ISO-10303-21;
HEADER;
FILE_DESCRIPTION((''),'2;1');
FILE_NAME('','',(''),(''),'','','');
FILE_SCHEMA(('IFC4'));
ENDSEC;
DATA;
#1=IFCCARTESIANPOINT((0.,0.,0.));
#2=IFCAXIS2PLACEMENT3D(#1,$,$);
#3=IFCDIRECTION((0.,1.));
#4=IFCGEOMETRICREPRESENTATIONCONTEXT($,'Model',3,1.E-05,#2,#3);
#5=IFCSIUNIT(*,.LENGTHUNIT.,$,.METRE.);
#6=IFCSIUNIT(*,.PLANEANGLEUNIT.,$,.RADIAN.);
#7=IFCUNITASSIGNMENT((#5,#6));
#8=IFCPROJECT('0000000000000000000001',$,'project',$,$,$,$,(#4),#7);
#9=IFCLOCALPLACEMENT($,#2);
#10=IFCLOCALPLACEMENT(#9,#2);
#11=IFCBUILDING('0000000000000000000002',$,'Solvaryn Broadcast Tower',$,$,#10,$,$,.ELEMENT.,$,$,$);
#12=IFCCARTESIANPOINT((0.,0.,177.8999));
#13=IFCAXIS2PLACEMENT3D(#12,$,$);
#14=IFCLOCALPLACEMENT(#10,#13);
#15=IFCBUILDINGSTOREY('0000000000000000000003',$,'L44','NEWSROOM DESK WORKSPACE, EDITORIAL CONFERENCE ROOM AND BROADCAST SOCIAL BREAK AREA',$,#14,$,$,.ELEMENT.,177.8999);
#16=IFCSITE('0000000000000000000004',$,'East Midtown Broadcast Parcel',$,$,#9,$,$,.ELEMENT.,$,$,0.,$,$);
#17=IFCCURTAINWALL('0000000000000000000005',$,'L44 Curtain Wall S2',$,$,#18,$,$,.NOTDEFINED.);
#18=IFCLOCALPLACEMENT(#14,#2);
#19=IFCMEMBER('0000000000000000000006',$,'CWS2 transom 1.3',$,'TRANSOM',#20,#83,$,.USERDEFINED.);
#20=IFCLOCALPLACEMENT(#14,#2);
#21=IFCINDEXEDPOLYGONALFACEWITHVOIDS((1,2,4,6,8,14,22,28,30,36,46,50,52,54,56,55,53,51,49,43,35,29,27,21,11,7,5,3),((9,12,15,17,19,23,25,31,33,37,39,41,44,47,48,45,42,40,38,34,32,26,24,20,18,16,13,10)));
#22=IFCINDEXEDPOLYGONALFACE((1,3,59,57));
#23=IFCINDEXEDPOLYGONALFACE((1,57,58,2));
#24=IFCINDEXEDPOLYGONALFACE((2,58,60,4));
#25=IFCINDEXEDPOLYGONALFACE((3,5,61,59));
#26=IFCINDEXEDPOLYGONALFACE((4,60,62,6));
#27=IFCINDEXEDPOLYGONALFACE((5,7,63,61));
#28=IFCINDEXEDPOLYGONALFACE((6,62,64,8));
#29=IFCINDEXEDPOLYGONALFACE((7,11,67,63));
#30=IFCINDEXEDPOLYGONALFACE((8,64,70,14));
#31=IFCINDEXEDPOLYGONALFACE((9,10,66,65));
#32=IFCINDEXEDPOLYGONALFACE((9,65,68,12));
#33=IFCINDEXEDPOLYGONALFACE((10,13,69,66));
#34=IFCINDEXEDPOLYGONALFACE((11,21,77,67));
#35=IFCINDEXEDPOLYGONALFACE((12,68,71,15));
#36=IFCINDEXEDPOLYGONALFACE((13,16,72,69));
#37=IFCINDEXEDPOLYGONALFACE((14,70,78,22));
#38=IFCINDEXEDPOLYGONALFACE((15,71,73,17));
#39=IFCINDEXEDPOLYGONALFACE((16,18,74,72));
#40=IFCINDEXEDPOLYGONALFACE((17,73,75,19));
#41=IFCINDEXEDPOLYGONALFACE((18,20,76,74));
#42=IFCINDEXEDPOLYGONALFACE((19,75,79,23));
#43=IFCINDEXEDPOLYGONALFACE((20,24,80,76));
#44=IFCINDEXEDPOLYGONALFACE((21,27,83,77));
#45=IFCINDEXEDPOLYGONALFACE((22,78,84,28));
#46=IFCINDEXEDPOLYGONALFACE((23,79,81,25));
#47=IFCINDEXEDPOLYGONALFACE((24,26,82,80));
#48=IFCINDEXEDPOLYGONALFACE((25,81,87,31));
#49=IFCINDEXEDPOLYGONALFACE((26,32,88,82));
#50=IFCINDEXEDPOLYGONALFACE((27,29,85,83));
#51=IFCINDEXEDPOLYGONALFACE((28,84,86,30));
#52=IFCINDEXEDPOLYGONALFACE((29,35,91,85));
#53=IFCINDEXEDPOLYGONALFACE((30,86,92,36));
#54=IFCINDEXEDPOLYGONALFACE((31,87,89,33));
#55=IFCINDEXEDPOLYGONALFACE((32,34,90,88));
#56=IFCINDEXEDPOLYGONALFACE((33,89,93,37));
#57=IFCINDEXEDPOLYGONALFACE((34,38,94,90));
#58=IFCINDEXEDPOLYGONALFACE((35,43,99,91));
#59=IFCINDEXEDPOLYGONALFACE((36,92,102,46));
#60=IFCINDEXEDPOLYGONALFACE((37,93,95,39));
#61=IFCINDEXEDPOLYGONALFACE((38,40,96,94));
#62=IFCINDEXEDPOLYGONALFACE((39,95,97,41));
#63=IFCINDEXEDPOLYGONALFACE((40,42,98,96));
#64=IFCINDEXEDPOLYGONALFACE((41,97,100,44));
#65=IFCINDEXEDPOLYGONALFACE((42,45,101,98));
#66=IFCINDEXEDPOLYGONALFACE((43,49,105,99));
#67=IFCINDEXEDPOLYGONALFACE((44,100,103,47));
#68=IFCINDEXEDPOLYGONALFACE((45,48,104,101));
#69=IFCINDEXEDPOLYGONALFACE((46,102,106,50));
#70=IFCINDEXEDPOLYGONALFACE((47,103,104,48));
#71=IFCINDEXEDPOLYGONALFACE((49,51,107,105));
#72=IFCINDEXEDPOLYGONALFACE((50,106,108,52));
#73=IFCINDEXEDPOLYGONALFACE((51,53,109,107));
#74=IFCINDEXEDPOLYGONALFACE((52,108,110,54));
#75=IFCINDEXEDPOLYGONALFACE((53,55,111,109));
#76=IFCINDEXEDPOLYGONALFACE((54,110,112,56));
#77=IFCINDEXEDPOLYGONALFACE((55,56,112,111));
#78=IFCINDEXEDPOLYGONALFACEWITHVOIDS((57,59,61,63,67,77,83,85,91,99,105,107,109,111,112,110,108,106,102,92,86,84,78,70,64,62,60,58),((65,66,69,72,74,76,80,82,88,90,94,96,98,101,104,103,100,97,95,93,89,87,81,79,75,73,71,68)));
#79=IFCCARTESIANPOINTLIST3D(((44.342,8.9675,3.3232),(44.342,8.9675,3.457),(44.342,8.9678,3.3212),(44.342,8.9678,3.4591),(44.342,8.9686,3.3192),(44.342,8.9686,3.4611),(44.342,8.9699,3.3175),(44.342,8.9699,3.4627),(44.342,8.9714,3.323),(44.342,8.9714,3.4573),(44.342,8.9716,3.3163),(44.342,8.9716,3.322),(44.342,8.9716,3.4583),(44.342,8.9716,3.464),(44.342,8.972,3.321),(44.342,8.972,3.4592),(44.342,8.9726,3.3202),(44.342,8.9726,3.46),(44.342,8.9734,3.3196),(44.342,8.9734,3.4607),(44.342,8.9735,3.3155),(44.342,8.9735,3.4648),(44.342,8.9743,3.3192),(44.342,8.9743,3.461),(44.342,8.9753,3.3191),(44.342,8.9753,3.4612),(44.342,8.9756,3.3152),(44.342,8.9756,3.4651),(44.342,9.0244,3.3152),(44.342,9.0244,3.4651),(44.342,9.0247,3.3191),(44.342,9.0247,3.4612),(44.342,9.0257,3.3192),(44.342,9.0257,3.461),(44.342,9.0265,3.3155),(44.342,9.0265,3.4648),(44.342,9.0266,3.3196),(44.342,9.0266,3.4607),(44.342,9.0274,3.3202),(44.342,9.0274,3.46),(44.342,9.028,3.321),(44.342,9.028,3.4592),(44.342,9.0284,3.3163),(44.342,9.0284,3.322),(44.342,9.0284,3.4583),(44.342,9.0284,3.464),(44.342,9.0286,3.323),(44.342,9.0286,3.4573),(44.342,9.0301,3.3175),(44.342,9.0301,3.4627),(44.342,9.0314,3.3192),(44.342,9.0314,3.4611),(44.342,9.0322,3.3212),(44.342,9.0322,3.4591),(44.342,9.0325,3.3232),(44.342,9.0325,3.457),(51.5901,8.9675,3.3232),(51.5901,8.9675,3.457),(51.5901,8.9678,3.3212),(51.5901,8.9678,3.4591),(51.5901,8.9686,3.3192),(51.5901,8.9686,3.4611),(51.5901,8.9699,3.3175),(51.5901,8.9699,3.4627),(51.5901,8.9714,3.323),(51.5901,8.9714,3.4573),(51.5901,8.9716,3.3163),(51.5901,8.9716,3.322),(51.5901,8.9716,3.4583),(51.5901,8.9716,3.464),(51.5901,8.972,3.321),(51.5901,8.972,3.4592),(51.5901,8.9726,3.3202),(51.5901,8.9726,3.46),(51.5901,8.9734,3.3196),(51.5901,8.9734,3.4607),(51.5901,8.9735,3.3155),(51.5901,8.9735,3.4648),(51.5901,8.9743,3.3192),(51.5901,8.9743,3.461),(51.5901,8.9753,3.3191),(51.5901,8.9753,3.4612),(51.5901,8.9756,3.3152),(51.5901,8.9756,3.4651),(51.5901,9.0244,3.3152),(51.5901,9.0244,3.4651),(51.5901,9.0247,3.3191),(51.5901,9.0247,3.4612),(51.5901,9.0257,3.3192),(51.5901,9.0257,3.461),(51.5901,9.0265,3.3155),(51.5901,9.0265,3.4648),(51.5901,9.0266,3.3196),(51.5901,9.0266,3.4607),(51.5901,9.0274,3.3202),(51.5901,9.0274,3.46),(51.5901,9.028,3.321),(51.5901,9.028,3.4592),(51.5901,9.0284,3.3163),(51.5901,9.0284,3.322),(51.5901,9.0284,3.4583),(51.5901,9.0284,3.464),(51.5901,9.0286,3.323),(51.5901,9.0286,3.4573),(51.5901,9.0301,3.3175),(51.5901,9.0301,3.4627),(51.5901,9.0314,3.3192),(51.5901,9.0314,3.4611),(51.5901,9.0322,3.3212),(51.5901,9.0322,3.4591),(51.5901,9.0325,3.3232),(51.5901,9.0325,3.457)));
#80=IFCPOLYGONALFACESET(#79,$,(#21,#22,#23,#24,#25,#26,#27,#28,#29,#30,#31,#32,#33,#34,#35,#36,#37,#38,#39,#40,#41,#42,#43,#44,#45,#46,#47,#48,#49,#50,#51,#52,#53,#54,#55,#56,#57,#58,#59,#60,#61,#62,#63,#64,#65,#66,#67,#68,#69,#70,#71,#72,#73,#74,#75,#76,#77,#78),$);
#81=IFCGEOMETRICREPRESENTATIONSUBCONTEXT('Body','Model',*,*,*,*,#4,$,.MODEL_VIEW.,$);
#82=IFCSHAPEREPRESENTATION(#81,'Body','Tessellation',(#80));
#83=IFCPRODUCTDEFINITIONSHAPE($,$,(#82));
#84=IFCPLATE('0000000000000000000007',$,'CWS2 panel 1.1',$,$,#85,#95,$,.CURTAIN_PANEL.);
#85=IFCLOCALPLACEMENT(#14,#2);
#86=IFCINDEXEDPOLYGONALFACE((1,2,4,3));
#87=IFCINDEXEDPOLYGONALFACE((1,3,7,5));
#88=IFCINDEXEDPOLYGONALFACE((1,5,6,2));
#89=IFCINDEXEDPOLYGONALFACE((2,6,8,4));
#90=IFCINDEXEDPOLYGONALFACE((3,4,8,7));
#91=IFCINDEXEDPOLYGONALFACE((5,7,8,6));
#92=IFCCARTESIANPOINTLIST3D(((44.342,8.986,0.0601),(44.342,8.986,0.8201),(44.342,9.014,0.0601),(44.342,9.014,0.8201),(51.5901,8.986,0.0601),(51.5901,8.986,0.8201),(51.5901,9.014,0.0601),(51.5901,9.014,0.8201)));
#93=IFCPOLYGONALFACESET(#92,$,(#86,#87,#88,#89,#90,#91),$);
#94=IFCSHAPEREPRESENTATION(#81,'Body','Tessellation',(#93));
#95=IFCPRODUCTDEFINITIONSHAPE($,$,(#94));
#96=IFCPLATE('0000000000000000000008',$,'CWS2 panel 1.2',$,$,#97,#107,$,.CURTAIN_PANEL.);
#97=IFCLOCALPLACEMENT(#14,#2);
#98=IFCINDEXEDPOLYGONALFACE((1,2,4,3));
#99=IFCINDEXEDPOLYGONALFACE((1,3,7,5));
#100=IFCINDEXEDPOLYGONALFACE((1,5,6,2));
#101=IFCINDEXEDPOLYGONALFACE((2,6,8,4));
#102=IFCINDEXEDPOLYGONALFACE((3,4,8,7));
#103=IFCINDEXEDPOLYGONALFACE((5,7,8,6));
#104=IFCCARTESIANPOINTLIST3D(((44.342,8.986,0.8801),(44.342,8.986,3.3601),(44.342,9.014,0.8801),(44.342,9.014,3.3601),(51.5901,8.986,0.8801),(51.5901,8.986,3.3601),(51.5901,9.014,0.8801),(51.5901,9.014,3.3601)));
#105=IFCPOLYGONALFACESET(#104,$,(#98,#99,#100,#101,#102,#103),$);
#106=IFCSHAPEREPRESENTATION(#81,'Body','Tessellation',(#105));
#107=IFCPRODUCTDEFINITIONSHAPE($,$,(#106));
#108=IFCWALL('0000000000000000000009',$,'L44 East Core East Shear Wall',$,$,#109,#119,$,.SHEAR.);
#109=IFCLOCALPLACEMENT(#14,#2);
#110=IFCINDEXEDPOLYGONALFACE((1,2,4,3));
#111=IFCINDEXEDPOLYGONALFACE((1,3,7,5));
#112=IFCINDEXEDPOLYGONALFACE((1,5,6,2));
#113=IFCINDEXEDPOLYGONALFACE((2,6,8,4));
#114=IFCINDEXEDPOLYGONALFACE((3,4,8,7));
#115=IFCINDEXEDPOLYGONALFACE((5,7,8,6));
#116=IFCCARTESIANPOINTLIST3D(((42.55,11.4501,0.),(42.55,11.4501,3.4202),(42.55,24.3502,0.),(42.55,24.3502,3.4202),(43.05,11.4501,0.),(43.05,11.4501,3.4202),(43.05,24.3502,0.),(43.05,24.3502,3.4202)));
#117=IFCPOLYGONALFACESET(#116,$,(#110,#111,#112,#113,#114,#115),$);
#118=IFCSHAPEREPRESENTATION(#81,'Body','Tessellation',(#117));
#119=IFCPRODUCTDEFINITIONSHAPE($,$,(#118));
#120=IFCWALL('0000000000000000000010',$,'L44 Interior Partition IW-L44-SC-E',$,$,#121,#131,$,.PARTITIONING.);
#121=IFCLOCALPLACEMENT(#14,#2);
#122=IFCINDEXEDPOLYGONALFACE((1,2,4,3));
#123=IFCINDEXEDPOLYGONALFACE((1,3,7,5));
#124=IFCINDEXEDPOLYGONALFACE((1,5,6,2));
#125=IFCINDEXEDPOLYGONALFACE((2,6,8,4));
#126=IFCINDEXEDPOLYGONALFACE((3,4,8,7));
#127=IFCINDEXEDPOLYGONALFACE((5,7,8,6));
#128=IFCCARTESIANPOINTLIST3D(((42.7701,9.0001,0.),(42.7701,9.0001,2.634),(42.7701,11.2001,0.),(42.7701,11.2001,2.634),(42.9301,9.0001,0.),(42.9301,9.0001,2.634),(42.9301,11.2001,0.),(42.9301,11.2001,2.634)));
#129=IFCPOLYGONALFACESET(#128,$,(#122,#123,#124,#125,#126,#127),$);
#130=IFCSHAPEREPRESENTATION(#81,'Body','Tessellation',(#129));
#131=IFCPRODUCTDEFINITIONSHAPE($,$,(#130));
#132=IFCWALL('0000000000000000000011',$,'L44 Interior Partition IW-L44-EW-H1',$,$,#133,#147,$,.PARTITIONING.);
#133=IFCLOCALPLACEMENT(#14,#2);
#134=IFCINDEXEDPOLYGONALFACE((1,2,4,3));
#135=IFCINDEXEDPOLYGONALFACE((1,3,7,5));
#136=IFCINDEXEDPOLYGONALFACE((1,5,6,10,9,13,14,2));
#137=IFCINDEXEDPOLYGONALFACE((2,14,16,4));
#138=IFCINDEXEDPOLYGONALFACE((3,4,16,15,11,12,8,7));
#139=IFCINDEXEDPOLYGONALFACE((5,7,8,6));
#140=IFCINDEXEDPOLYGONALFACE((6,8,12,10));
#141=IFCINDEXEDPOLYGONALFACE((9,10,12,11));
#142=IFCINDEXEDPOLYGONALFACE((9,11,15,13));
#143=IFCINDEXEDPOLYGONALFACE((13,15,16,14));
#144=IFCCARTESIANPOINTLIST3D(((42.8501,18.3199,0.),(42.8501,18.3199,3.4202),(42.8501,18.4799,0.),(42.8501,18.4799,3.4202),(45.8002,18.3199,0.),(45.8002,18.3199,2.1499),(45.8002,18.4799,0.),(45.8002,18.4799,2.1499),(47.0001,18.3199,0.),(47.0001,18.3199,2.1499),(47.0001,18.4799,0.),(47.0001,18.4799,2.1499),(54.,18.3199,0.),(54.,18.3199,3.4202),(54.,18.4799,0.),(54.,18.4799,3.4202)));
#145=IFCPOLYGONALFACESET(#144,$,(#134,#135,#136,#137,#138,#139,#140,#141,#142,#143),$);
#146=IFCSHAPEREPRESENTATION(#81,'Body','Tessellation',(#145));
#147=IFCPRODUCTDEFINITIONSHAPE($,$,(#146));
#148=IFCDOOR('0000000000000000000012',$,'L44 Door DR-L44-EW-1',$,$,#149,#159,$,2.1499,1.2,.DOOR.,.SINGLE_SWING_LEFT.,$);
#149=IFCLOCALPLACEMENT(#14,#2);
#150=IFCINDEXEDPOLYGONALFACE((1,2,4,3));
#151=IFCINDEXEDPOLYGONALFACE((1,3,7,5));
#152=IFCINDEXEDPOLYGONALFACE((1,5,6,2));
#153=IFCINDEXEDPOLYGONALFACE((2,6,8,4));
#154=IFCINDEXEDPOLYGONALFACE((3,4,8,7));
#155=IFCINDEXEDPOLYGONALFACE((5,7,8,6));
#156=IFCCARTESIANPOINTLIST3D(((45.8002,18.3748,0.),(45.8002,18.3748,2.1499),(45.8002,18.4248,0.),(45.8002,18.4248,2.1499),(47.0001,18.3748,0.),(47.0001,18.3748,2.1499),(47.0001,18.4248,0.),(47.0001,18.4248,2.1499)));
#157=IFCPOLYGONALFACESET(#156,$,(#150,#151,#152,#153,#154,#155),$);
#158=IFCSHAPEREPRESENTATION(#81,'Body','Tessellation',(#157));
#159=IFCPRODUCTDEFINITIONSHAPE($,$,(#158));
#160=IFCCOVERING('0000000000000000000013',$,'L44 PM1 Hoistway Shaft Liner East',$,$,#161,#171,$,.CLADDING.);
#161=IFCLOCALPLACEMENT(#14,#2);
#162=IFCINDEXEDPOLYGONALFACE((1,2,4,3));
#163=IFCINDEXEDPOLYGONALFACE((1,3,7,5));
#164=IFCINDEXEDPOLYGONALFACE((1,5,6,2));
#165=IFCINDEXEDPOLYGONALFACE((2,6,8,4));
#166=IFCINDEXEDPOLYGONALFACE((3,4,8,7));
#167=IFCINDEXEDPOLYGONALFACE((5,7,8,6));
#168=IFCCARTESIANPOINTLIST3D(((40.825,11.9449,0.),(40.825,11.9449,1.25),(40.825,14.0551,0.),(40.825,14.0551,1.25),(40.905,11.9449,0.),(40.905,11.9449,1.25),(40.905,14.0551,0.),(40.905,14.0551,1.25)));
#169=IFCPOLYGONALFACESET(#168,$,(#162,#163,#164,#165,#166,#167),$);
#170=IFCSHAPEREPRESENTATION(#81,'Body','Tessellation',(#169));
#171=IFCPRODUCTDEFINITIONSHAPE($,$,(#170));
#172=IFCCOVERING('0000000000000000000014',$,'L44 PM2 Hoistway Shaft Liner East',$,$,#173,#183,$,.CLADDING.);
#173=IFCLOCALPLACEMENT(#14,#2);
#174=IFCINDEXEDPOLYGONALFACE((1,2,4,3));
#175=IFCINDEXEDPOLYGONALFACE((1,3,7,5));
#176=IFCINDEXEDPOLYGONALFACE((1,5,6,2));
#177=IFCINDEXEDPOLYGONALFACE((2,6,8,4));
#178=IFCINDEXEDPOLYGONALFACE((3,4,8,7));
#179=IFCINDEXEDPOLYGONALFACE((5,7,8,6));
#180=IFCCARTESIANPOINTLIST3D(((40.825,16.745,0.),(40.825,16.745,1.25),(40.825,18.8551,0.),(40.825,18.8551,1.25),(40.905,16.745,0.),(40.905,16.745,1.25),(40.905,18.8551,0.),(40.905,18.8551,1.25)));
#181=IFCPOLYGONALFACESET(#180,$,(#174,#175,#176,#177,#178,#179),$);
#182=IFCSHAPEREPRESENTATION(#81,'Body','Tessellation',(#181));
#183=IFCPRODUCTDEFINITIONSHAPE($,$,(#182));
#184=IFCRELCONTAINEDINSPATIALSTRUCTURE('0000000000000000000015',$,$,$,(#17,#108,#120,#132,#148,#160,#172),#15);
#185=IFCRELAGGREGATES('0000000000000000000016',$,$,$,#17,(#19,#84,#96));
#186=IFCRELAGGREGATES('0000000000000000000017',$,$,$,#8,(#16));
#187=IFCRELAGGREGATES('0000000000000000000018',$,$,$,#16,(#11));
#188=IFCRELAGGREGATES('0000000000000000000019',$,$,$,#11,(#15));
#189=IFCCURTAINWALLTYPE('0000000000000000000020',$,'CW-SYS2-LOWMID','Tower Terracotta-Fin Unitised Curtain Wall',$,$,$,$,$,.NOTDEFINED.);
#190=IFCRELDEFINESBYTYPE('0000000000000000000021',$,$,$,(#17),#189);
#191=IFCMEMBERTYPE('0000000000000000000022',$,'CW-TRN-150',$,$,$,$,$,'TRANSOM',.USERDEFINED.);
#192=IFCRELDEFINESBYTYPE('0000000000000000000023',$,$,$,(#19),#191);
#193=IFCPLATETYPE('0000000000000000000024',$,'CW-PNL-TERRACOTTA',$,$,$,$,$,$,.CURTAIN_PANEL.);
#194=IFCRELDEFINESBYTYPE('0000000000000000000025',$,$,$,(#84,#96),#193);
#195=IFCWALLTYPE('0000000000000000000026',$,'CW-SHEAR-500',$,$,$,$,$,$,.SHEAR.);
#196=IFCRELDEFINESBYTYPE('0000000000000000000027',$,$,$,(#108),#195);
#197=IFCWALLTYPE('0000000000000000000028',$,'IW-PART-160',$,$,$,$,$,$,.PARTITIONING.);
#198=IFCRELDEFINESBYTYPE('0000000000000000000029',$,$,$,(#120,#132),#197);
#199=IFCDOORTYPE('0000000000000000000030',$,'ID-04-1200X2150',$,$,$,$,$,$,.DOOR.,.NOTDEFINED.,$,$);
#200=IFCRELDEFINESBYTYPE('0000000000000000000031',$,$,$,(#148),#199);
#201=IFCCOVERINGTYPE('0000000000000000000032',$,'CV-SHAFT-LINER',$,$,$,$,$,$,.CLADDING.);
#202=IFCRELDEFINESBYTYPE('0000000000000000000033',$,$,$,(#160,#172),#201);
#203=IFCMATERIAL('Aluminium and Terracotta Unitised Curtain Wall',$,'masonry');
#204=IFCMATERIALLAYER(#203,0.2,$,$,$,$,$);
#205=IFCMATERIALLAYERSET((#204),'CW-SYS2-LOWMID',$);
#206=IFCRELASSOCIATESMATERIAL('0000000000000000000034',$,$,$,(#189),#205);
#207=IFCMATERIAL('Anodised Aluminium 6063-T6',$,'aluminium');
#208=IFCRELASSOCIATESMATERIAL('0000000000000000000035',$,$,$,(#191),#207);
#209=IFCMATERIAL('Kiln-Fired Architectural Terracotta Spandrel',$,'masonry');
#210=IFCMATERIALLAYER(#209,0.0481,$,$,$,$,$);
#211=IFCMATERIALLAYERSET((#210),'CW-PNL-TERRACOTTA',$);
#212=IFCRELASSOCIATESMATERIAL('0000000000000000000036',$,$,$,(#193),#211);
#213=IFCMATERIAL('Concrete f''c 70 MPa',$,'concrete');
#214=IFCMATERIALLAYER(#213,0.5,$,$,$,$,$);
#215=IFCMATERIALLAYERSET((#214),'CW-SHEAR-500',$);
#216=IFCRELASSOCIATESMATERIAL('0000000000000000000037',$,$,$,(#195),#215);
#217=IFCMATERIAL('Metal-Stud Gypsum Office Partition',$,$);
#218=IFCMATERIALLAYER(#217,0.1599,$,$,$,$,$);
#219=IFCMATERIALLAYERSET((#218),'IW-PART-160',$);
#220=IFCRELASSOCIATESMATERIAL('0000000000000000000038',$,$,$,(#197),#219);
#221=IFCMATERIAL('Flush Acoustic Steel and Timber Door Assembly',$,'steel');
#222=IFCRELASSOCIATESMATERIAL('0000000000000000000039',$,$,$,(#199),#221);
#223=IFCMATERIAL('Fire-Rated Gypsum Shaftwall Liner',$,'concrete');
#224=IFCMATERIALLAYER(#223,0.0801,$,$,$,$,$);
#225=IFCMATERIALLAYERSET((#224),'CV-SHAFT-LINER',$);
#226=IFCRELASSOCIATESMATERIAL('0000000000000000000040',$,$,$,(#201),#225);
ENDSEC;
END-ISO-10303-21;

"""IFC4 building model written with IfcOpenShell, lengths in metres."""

from ifc_helpers import new_model, si_unit, direction, frame, frame_2d, origin, origin_2d, place, context, subcontext, project, spatial, rectangle, hollow_rectangle, extrude, material, layer, layer_set, material_profile, profile_set, type_object, element, fill, aggregate, save


model = new_model("IFC4")

# Units and contexts
model_context = context("Model", 3, precision=1e-05, world=origin(), true_north=direction((0.0, 1.0)))
body_context = subcontext(model_context, "Body", "Model", "MODEL_VIEW")
ifc_project = project(units=[si_unit("LENGTHUNIT", "METRE"), si_unit("PLANEANGLEUNIT", "RADIAN")], contexts=[model_context])

# Site, building, storey
site_placement = place(None, origin())
site = spatial("IfcSite", under=ifc_project, at=site_placement, Name="East Midtown Broadcast Parcel", CompositionType="ELEMENT", RefElevation=0.0)
building_placement = place(site_placement, origin())
building = spatial("IfcBuilding", under=site, at=building_placement, Name="Solvaryn Broadcast Tower", CompositionType="ELEMENT")
storey_placement = place(building_placement, frame((0.0, 0.0, 177.8999)))
storey = spatial("IfcBuildingStorey", under=building, at=storey_placement, Name="L44", Description="NEWSROOM DESK WORKSPACE, EDITORIAL CONFERENCE ROOM AND BROADCAST SOCIAL BREAK AREA", CompositionType="ELEMENT", Elevation=177.8999)

# Shared definitions
ifc_material_1 = material(Name="Aluminium and Terracotta Unitised Curtain Wall", Category="masonry")
ifc_layer_1 = layer(ifc_material_1, 0.2)
ifc_layer_set_1 = layer_set([ifc_layer_1], Name="CW-SYS2-LOWMID")
curtain_wall_type = type_object("IfcCurtainWallType", Name="CW-SYS2-LOWMID", Description="Tower Terracotta-Fin Unitised Curtain Wall", PredefinedType="NOTDEFINED", material=ifc_layer_set_1)

# Curtain wall, member, plates
curtain_wall_1_placement = place(storey_placement, origin())
curtain_wall_1 = element("IfcCurtainWall", 1, at=curtain_wall_1_placement, inside=storey, type_object=curtain_wall_type, Name="L44 Curtain Wall S2", PredefinedType="NOTDEFINED")
ifc_material_2 = material(Name="Anodised Aluminium 6063-T6", Category="aluminium")
ifc_material_profile_1 = material_profile(ifc_material_2, hollow_rectangle(XDim=0.0649, YDim=0.1499, WallThickness=0.0039, InnerFilletRadius=0.0039, OuterFilletRadius=0.0081, at=origin_2d()))
ifc_profile_set_1 = profile_set([ifc_material_profile_1], Name="Anodised Aluminium 6063-T6")
member_type_1 = type_object("IfcMemberType", Name="CW-TRN-150", ElementType="TRANSOM", PredefinedType="USERDEFINED", material=ifc_profile_set_1)
member_1_placement = place(storey_placement, frame((44.342, 9.0, 3.3901), z_axis=(1.0, 0.0, 0.0), x_axis=(0.0, 1.0, 0.0)))
member_1 = element("IfcMember", 2, at=member_1_placement, type_object=member_type_1, Name="CWS2 transom 1.3", ObjectType="TRANSOM", PredefinedType="USERDEFINED", context=body_context, shape_type="SweptSolid", body=[
    extrude(hollow_rectangle(XDim=0.0649, YDim=0.1499, WallThickness=0.0039, InnerFilletRadius=0.0039, OuterFilletRadius=0.0081, at=origin_2d()), origin(), (0.0, 0.0, 1.0), 7.248),
])
ifc_material_3 = material(Name="Kiln-Fired Architectural Terracotta Spandrel", Category="masonry")
ifc_layer_2 = layer(ifc_material_3, 0.0481)
ifc_layer_set_2 = layer_set([ifc_layer_2], Name="CW-PNL-TERRACOTTA")
plate_type = type_object("IfcPlateType", Name="CW-PNL-TERRACOTTA", PredefinedType="CURTAIN_PANEL", material=ifc_layer_set_2)
plate_1_placement = place(storey_placement, frame((47.9661, 9.0, 0.0601), z_axis=(0.0, 0.0, 1.0), x_axis=(1.0, 0.0, 0.0)))
plate_1 = element("IfcPlate", 3, at=plate_1_placement, type_object=plate_type, Name="CWS2 panel 1.1", PredefinedType="CURTAIN_PANEL", context=body_context, shape_type="SweptSolid", body=[
    extrude(rectangle(XDim=7.248, YDim=0.0281, at=origin_2d()), origin(), (0.0, 0.0, 1.0), 0.76),
])
plate_2_placement = place(storey_placement, frame((47.9661, 9.0, 0.8801), z_axis=(0.0, 0.0, 1.0), x_axis=(1.0, 0.0, 0.0)))
plate_2 = element("IfcPlate", 4, at=plate_2_placement, type_object=plate_type, Name="CWS2 panel 1.2", PredefinedType="CURTAIN_PANEL", context=body_context, shape_type="SweptSolid", body=[
    extrude(rectangle(XDim=7.248, YDim=0.0281, at=origin_2d()), origin(), (0.0, 0.0, 1.0), 2.48),
])
aggregate(curtain_wall_1, [member_1, plate_1, plate_2])

# Walls
ifc_material_4 = material(Name="Concrete f'c 70 MPa", Category="concrete")
ifc_layer_3 = layer(ifc_material_4, 0.5)
ifc_layer_set_3 = layer_set([ifc_layer_3], Name="CW-SHEAR-500")
wall_type_1 = type_object("IfcWallType", Name="CW-SHEAR-500", PredefinedType="SHEAR", material=ifc_layer_set_3)
wall_1_placement = place(storey_placement, frame((42.8, 11.45, 0.0), z_axis=(0.0, 0.0, 1.0), x_axis=(0.0, 1.0, 0.0)))
element("IfcWall", 5, at=wall_1_placement, inside=storey, type_object=wall_type_1, Name="L44 East Core East Shear Wall", PredefinedType="SHEAR", context=body_context, shape_type="SweptSolid", body=[
    extrude(rectangle(XDim=12.9001, YDim=0.5, at=frame_2d((6.4502, 0.0))), origin(), (0.0, 0.0, 1.0), 3.4202),
])
ifc_material_5 = material(Name="Metal-Stud Gypsum Office Partition")
ifc_layer_4 = layer(ifc_material_5, 0.1599)
ifc_layer_set_4 = layer_set([ifc_layer_4], Name="IW-PART-160")
wall_type_2 = type_object("IfcWallType", Name="IW-PART-160", PredefinedType="PARTITIONING", material=ifc_layer_set_4)
wall_2_placement = place(storey_placement, frame((42.8501, 9.0, 0.0), z_axis=(0.0, 0.0, 1.0), x_axis=(0.0, 1.0, 0.0)))
element("IfcWall", 6, at=wall_2_placement, inside=storey, type_object=wall_type_2, Name="L44 Interior Partition IW-L44-SC-E", PredefinedType="PARTITIONING", context=body_context, shape_type="SweptSolid", body=[
    extrude(rectangle(XDim=2.2, YDim=0.1599, at=frame_2d((1.1001, 0.0))), origin(), (0.0, 0.0, 1.0), 2.634),
])

# Wall, opening, door
wall_3_placement = place(storey_placement, frame((42.8501, 18.3999, 0.0), z_axis=(0.0, 0.0, 1.0), x_axis=(1.0, 0.0, 0.0)))
wall_3 = element("IfcWall", 7, at=wall_3_placement, inside=storey, type_object=wall_type_2, Name="L44 Interior Partition IW-L44-EW-H1", PredefinedType="PARTITIONING", context=body_context, shape_type="SweptSolid", body=[
    extrude(rectangle(XDim=11.1499, YDim=0.1599, at=frame_2d((5.575, 0.0))), origin(), (0.0, 0.0, 1.0), 3.4202),
])
opening_1_placement = place(wall_3_placement, frame((2.95, 0.0, 0.0)))
opening_1 = element("IfcOpeningElement", 8, at=opening_1_placement, cuts=wall_3, PredefinedType="OPENING", context=body_context, shape_type="SweptSolid", body=[
    extrude(rectangle(XDim=1.2, YDim=2.1499, at=frame_2d((0.6001, 1.075))), frame((0.0, 0.0901, 0.0), z_axis=(0.0, -1.0, 0.0), x_axis=(1.0, 0.0, 0.0)), (0.0, 0.0, 1.0), 0.1799),
])
ifc_material_6 = material(Name="Flush Acoustic Steel and Timber Door Assembly", Category="steel")
door_type_1 = type_object("IfcDoorType", Name="ID-04-1200X2150", OperationType="NOTDEFINED", PredefinedType="DOOR", material=ifc_material_6)
door_1_placement = place(opening_1_placement, origin())
door_1 = element("IfcDoor", 9, at=door_1_placement, inside=storey, type_object=door_type_1, Name="L44 Door DR-L44-EW-1", OperationType="SINGLE_SWING_LEFT", OverallHeight=2.1499, OverallWidth=1.2, PredefinedType="DOOR", context=body_context, shape_type="SweptSolid", body=[
    extrude(rectangle(XDim=1.2, YDim=2.1499, at=frame_2d((0.6001, 1.075))), frame((0.0, 0.0249, 0.0), z_axis=(0.0, -1.0, 0.0), x_axis=(1.0, 0.0, 0.0)), (0.0, 0.0, 1.0), 0.05),
])
fill(opening_1, door_1)

# Coverings
ifc_material_7 = material(Name="Fire-Rated Gypsum Shaftwall Liner", Category="concrete")
ifc_layer_5 = layer(ifc_material_7, 0.0801)
ifc_layer_set_5 = layer_set([ifc_layer_5], Name="CV-SHAFT-LINER")
covering_type_1 = type_object("IfcCoveringType", Name="CV-SHAFT-LINER", PredefinedType="CLADDING", material=ifc_layer_set_5)
for number, where, z_axis, x_axis, name in (
    (10, (40.865, 13.0, 0.0), (0.0, 0.0, 1.0), (1.0, 0.0, 0.0), "L44 PM1 Hoistway Shaft Liner East"),
    (11, (40.865, 17.8, 0.0), (0.0, 0.0, 1.0), (1.0, 0.0, 0.0), "L44 PM2 Hoistway Shaft Liner East"),
):
    element("IfcCovering", number, at=place(storey_placement, frame(where, z_axis=z_axis, x_axis=x_axis)), inside=storey, type_object=covering_type_1, Name=name, PredefinedType="CLADDING", context=body_context, shape_type="SweptSolid", body=[
        extrude(rectangle(XDim=0.0801, YDim=2.1101, at=origin_2d()), origin(), (0.0, 0.0, 1.0), 1.25),
    ])

save(model, "model.ifc")
